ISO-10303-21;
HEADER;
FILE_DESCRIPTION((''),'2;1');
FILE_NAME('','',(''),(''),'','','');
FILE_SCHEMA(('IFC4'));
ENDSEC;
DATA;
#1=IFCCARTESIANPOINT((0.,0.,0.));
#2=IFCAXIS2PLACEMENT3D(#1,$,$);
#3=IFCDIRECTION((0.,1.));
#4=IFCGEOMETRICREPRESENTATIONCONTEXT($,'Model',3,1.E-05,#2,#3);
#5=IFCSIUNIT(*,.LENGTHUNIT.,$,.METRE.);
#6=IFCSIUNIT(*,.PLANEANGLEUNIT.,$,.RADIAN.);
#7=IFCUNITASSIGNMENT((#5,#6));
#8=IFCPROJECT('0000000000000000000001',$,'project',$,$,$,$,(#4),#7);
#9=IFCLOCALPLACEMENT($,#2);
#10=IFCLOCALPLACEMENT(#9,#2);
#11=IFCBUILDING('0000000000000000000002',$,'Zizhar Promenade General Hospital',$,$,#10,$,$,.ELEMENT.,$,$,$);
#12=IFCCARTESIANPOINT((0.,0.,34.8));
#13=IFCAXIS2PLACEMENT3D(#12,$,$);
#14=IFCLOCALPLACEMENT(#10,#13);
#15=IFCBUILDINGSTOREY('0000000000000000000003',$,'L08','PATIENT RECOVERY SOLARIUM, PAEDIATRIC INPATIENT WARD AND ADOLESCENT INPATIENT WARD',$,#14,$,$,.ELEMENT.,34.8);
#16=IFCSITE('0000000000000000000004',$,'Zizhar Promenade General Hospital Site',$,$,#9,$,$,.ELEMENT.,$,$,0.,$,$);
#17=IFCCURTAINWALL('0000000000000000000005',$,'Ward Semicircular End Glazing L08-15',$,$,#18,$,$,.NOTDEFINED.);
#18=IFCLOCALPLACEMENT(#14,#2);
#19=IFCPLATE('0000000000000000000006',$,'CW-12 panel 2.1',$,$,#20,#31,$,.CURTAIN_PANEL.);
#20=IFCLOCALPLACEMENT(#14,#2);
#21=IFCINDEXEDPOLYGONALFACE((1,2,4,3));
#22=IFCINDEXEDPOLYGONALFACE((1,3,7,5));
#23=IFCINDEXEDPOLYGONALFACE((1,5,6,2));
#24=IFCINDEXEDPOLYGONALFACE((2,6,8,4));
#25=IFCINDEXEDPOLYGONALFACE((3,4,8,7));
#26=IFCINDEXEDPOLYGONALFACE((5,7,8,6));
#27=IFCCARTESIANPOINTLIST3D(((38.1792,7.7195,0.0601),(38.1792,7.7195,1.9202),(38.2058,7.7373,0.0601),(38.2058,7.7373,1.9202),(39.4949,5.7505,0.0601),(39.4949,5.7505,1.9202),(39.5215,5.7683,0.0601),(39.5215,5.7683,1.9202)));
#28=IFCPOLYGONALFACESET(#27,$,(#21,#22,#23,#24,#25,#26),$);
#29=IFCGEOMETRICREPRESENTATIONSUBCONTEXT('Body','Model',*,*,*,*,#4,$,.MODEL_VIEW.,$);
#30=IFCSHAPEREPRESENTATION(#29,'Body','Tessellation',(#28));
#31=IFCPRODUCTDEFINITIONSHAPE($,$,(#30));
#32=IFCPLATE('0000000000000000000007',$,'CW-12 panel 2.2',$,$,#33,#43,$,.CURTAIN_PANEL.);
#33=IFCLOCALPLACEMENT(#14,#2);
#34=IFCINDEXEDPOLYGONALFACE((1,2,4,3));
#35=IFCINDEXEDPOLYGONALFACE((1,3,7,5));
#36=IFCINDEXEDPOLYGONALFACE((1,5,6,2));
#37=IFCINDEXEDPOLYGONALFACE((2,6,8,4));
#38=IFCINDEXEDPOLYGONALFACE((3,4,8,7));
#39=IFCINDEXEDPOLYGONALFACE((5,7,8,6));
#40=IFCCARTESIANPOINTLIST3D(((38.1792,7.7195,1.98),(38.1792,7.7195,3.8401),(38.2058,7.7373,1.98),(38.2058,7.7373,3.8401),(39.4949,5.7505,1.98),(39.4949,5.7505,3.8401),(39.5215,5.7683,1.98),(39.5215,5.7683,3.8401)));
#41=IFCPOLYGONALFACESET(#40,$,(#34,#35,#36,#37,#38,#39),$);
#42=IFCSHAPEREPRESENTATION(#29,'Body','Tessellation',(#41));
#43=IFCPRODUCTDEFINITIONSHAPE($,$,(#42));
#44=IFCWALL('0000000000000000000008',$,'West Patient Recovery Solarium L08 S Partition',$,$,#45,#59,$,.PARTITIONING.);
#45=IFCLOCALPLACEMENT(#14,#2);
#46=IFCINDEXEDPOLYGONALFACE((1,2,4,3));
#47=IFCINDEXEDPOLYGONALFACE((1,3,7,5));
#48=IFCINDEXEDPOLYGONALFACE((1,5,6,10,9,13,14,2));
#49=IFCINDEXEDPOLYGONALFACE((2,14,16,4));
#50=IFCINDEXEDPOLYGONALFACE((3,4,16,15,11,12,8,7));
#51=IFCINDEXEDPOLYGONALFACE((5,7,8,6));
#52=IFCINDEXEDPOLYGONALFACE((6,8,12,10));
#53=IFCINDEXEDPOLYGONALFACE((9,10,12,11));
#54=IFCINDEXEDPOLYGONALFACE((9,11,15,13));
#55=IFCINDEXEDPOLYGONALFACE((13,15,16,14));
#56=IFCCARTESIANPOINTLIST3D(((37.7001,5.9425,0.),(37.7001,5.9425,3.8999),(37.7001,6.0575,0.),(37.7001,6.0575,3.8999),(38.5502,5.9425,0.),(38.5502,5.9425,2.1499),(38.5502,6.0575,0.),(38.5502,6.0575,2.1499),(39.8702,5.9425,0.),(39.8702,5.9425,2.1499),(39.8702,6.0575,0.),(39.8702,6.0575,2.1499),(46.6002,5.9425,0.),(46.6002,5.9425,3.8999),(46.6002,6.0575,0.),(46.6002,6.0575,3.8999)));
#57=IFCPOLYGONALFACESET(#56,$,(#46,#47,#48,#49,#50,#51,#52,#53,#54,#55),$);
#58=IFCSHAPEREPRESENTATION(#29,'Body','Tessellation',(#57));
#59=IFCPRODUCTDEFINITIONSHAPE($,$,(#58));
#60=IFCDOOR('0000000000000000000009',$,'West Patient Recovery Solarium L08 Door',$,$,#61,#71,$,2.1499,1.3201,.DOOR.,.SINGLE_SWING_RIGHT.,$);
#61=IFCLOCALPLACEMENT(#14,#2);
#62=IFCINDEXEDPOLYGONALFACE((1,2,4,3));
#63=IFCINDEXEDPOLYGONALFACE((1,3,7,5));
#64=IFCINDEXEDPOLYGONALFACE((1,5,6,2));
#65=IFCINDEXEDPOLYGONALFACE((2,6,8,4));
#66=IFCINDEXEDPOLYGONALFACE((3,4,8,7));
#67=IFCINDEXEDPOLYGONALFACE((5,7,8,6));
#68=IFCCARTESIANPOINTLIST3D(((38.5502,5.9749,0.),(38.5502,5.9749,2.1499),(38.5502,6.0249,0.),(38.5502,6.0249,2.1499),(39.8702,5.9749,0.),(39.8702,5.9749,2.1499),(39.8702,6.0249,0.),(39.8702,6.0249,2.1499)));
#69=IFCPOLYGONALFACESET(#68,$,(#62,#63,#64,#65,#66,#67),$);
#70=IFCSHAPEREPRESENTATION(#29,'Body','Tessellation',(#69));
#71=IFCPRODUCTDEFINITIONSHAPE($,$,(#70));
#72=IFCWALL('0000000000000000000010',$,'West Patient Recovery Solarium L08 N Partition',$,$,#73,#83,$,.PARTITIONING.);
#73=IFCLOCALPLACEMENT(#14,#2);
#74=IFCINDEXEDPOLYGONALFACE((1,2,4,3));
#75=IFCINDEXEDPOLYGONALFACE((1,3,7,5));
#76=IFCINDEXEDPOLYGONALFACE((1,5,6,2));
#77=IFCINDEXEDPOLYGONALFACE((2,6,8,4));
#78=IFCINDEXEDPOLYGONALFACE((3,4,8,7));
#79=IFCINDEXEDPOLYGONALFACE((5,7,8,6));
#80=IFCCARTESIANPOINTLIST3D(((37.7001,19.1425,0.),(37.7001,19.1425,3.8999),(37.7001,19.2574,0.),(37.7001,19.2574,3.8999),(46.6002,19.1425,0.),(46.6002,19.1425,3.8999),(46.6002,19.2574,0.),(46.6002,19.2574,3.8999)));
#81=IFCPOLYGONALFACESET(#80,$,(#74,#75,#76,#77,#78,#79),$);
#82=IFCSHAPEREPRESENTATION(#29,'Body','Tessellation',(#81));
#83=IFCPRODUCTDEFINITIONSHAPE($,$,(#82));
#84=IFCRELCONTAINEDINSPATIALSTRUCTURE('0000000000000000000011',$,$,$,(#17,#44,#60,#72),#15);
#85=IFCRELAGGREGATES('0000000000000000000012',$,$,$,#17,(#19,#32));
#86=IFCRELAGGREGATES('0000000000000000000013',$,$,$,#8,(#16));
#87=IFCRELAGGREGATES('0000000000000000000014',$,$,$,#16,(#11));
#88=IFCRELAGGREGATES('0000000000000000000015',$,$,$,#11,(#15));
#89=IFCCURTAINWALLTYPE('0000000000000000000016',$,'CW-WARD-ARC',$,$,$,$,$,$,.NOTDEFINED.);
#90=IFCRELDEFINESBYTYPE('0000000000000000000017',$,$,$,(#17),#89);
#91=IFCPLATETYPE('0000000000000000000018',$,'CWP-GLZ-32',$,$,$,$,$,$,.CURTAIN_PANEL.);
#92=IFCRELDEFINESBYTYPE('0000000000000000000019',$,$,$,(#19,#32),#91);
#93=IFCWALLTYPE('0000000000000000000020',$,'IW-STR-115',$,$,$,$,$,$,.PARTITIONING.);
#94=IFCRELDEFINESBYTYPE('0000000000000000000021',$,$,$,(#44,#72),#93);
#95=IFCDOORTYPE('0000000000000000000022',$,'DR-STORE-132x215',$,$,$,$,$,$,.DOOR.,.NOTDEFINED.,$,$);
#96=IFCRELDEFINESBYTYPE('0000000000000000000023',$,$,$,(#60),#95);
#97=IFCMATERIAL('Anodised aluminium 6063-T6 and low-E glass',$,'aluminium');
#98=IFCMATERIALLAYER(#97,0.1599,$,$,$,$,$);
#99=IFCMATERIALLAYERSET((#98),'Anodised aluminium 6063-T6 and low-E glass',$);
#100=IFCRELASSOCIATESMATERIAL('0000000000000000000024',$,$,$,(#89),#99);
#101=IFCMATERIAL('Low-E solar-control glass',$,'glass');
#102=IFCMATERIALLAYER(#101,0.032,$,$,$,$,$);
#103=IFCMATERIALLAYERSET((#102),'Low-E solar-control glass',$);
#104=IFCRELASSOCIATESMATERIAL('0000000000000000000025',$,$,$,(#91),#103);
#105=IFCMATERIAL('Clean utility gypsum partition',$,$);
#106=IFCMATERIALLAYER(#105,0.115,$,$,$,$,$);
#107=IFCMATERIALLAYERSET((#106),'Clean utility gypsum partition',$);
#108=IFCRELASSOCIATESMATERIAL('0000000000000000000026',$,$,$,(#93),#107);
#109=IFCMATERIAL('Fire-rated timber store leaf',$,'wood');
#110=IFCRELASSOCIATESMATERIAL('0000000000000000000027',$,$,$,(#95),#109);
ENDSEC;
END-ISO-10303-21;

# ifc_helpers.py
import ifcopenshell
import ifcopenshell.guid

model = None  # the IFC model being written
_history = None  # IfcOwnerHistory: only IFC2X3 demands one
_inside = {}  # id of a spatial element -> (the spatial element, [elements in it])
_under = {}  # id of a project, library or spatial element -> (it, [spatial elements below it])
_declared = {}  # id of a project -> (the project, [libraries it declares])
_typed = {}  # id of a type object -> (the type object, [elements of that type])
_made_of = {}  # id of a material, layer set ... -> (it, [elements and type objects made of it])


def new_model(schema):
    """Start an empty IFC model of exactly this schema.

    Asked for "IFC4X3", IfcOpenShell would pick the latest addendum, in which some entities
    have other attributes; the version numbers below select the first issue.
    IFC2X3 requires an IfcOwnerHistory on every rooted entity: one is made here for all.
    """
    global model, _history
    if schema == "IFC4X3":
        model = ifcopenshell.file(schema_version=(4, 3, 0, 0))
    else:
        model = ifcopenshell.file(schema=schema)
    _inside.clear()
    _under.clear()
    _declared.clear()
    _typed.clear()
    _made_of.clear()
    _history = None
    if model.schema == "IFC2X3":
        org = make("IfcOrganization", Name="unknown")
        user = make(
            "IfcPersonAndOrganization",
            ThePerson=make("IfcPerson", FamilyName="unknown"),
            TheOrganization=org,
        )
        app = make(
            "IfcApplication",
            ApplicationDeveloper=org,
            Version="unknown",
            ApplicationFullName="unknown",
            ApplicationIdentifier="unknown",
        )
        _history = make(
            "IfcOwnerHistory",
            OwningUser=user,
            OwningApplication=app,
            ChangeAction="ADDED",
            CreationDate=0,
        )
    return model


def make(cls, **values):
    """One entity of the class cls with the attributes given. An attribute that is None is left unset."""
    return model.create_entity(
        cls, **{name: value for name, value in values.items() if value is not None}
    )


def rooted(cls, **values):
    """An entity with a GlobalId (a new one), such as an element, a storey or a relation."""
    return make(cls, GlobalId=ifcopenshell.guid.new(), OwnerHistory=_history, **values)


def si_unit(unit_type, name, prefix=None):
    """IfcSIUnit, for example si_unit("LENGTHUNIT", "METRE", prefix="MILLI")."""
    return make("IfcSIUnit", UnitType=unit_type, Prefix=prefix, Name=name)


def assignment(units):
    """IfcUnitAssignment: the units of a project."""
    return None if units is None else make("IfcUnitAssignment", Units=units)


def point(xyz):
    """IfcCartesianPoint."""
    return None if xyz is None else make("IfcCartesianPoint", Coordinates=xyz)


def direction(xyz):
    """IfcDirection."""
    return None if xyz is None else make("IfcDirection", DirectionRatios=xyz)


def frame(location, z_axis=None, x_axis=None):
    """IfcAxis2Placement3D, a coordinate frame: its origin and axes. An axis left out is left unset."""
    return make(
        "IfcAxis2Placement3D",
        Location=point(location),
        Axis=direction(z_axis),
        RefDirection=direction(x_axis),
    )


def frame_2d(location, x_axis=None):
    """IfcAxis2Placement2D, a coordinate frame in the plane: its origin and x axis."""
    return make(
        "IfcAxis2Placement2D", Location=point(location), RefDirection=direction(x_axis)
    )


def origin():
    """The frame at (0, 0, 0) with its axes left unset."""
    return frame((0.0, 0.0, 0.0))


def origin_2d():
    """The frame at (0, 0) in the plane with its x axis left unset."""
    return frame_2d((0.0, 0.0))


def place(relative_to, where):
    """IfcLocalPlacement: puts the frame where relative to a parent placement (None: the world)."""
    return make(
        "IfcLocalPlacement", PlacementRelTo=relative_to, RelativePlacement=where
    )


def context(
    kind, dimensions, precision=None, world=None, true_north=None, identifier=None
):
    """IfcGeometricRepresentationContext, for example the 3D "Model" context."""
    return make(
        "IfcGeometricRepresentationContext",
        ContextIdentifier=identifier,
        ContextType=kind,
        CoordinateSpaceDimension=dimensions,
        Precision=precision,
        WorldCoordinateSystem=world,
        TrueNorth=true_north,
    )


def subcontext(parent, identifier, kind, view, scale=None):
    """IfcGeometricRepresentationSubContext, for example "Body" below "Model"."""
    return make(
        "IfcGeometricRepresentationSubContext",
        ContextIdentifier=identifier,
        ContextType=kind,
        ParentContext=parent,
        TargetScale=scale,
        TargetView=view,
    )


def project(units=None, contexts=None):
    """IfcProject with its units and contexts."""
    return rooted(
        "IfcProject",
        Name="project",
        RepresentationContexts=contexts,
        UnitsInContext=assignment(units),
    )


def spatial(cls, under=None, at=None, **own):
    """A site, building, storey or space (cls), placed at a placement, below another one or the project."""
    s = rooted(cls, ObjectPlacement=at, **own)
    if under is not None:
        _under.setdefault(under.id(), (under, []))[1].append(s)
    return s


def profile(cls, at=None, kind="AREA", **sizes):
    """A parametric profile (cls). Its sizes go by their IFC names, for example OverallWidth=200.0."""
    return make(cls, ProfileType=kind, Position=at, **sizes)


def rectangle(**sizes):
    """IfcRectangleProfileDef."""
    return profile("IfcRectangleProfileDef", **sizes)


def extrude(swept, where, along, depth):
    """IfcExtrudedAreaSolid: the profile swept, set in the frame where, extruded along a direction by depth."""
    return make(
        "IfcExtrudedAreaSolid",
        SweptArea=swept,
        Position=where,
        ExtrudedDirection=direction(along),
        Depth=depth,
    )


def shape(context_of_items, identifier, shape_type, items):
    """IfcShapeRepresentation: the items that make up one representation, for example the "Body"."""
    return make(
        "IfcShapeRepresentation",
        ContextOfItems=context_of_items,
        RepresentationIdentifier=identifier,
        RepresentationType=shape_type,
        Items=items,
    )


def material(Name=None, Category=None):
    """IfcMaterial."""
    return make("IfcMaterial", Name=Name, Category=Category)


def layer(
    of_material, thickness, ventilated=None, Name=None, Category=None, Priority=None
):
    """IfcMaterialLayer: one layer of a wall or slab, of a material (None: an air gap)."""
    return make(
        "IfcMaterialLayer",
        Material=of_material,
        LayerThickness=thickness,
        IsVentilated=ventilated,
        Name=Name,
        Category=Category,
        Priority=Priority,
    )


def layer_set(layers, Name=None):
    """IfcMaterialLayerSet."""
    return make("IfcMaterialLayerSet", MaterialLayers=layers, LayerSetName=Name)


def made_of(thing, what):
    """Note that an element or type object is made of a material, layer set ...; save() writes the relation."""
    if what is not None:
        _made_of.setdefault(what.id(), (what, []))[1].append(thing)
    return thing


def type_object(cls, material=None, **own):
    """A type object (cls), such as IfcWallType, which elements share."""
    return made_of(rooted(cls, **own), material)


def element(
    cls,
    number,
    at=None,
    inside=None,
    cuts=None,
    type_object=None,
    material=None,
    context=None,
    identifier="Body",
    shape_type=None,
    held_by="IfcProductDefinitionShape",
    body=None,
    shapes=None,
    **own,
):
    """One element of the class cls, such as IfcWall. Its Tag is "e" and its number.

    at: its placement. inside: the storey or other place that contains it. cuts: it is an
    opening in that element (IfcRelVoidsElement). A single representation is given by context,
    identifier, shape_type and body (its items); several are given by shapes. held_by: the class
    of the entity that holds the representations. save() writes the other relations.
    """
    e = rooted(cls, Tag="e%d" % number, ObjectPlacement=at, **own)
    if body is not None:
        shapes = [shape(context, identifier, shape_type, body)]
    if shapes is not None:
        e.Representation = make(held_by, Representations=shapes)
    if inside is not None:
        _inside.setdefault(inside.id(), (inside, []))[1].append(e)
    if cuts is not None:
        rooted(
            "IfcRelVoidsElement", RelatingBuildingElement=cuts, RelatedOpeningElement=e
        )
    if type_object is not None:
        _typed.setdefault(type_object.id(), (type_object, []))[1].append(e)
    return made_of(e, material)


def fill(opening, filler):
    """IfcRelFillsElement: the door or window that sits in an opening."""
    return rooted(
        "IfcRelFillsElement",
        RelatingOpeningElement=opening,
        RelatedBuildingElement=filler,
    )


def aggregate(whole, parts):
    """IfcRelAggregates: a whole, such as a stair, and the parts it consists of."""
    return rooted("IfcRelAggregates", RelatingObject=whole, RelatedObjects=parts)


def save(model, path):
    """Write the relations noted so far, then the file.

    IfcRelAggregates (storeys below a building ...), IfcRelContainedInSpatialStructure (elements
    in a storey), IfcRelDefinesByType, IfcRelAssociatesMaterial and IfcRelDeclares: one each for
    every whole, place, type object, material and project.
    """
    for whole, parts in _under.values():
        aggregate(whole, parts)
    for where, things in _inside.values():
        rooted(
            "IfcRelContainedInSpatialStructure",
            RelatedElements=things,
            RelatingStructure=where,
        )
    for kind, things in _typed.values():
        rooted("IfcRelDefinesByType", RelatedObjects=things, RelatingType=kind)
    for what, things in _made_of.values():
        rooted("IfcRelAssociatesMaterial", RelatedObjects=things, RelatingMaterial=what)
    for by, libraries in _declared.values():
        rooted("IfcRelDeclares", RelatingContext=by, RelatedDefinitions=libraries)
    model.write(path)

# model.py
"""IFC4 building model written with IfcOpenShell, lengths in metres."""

from ifc_helpers import new_model, si_unit, direction, frame, frame_2d, origin, origin_2d, place, context, subcontext, project, spatial, rectangle, extrude, material, layer, layer_set, type_object, element, fill, aggregate, save


model = new_model("IFC4")

# Units and contexts
model_context = context("Model", 3, precision=1e-05, world=origin(), true_north=direction((0.0, 1.0)))
body_context = subcontext(model_context, "Body", "Model", "MODEL_VIEW")
ifc_project = project(units=[si_unit("LENGTHUNIT", "METRE"), si_unit("PLANEANGLEUNIT", "RADIAN")], contexts=[model_context])

# Site, building, storey
site_placement = place(None, origin())
site = spatial("IfcSite", under=ifc_project, at=site_placement, Name="Zizhar Promenade General Hospital Site", CompositionType="ELEMENT", RefElevation=0.0)
building_placement = place(site_placement, origin())
building = spatial("IfcBuilding", under=site, at=building_placement, Name="Zizhar Promenade General Hospital", CompositionType="ELEMENT")
storey_placement = place(building_placement, frame((0.0, 0.0, 34.8)))
storey = spatial("IfcBuildingStorey", under=building, at=storey_placement, Name="L08", Description="PATIENT RECOVERY SOLARIUM, PAEDIATRIC INPATIENT WARD AND ADOLESCENT INPATIENT WARD", CompositionType="ELEMENT", Elevation=34.8)

# Shared definitions
ifc_material_1 = material(Name="Anodised aluminium 6063-T6 and low-E glass", Category="aluminium")
ifc_layer_1 = layer(ifc_material_1, 0.1599)
ifc_layer_set_1 = layer_set([ifc_layer_1], Name="Anodised aluminium 6063-T6 and low-E glass")
curtain_wall_type = type_object("IfcCurtainWallType", Name="CW-WARD-ARC", PredefinedType="NOTDEFINED", material=ifc_layer_set_1)

# Curtain wall
curtain_wall_1_placement = place(storey_placement, origin())
curtain_wall_1 = element("IfcCurtainWall", 1, at=curtain_wall_1_placement, inside=storey, type_object=curtain_wall_type, Name="Ward Semicircular End Glazing L08-15", PredefinedType="NOTDEFINED")

# Plates
ifc_material_2 = material(Name="Low-E solar-control glass", Category="glass")
ifc_layer_2 = layer(ifc_material_2, 0.032)
ifc_layer_set_2 = layer_set([ifc_layer_2], Name="Low-E solar-control glass")
plate_type = type_object("IfcPlateType", Name="CWP-GLZ-32", PredefinedType="CURTAIN_PANEL", material=ifc_layer_set_2)
plate_1_placement = place(storey_placement, frame((38.8503, 6.7439, 0.0601), z_axis=(0.0, 0.0, 1.0), x_axis=(-0.555582, 0.831462, 0.0)))
plate_1 = element("IfcPlate", 2, at=plate_1_placement, type_object=plate_type, Name="CW-12 panel 2.1", PredefinedType="CURTAIN_PANEL", context=body_context, shape_type="SweptSolid", body=[
    extrude(rectangle(XDim=2.3682, YDim=0.032, at=origin_2d()), origin(), (0.0, 0.0, 1.0), 1.8601),
])
plate_2_placement = place(storey_placement, frame((38.8503, 6.7439, 1.98), z_axis=(0.0, 0.0, 1.0), x_axis=(-0.555582, 0.831462, 0.0)))
plate_2 = element("IfcPlate", 3, at=plate_2_placement, type_object=plate_type, Name="CW-12 panel 2.2", PredefinedType="CURTAIN_PANEL", context=body_context, shape_type="SweptSolid", body=[
    extrude(rectangle(XDim=2.3682, YDim=0.032, at=origin_2d()), origin(), (0.0, 0.0, 1.0), 1.8601),
])
aggregate(curtain_wall_1, [plate_1, plate_2])

# Wall, opening, door
ifc_material_3 = material(Name="Clean utility gypsum partition")
ifc_layer_3 = layer(ifc_material_3, 0.115)
ifc_layer_set_3 = layer_set([ifc_layer_3], Name="Clean utility gypsum partition")
wall_type = type_object("IfcWallType", Name="IW-STR-115", PredefinedType="PARTITIONING", material=ifc_layer_set_3)
wall_1_placement = place(storey_placement, frame((37.7, 6.0, 0.0), z_axis=(0.0, 0.0, 1.0), x_axis=(1.0, 0.0, 0.0)))
wall_1 = element("IfcWall", 4, at=wall_1_placement, inside=storey, type_object=wall_type, Name="West Patient Recovery Solarium L08 S Partition", PredefinedType="PARTITIONING", context=body_context, shape_type="SweptSolid", body=[
    extrude(rectangle(XDim=8.9001, YDim=0.115, at=frame_2d((4.4502, 0.0))), origin(), (0.0, 0.0, 1.0), 3.8999),
])
opening_placement = place(wall_1_placement, frame((0.8501, 0.0, 0.0)))
opening = element("IfcOpeningElement", 5, at=opening_placement, cuts=wall_1, PredefinedType="OPENING", context=body_context, shape_type="SweptSolid", body=[
    extrude(rectangle(XDim=1.3201, YDim=2.1499, at=frame_2d((0.6602, 1.075))), frame((0.0, 0.0674, 0.0), z_axis=(0.0, -1.0, 0.0), x_axis=(1.0, 0.0, 0.0)), (0.0, 0.0, 1.0), 0.135),
])
ifc_material_4 = material(Name="Fire-rated timber store leaf", Category="wood")
door_type = type_object("IfcDoorType", Name="DR-STORE-132x215", OperationType="NOTDEFINED", PredefinedType="DOOR", material=ifc_material_4)
door_placement = place(opening_placement, origin())
door = element("IfcDoor", 6, at=door_placement, inside=storey, type_object=door_type, Name="West Patient Recovery Solarium L08 Door", OperationType="SINGLE_SWING_RIGHT", OverallHeight=2.1499, OverallWidth=1.3201, PredefinedType="DOOR", context=body_context, shape_type="SweptSolid", body=[
    extrude(rectangle(XDim=1.3201, YDim=2.1499, at=frame_2d((0.6602, 1.075))), frame((0.0, 0.0249, 0.0), z_axis=(0.0, -1.0, 0.0), x_axis=(1.0, 0.0, 0.0)), (0.0, 0.0, 1.0), 0.05),
])
fill(opening, door)

# Wall
wall_2_placement = place(storey_placement, frame((37.7, 19.2, 0.0), z_axis=(0.0, 0.0, 1.0), x_axis=(1.0, 0.0, 0.0)))
element("IfcWall", 7, at=wall_2_placement, inside=storey, type_object=wall_type, Name="West Patient Recovery Solarium L08 N Partition", PredefinedType="PARTITIONING", context=body_context, shape_type="SweptSolid", body=[
    extrude(rectangle(XDim=8.9001, YDim=0.115, at=frame_2d((4.4502, 0.0))), origin(), (0.0, 0.0, 1.0), 3.8999),
])

save(model, "model.ifc")
